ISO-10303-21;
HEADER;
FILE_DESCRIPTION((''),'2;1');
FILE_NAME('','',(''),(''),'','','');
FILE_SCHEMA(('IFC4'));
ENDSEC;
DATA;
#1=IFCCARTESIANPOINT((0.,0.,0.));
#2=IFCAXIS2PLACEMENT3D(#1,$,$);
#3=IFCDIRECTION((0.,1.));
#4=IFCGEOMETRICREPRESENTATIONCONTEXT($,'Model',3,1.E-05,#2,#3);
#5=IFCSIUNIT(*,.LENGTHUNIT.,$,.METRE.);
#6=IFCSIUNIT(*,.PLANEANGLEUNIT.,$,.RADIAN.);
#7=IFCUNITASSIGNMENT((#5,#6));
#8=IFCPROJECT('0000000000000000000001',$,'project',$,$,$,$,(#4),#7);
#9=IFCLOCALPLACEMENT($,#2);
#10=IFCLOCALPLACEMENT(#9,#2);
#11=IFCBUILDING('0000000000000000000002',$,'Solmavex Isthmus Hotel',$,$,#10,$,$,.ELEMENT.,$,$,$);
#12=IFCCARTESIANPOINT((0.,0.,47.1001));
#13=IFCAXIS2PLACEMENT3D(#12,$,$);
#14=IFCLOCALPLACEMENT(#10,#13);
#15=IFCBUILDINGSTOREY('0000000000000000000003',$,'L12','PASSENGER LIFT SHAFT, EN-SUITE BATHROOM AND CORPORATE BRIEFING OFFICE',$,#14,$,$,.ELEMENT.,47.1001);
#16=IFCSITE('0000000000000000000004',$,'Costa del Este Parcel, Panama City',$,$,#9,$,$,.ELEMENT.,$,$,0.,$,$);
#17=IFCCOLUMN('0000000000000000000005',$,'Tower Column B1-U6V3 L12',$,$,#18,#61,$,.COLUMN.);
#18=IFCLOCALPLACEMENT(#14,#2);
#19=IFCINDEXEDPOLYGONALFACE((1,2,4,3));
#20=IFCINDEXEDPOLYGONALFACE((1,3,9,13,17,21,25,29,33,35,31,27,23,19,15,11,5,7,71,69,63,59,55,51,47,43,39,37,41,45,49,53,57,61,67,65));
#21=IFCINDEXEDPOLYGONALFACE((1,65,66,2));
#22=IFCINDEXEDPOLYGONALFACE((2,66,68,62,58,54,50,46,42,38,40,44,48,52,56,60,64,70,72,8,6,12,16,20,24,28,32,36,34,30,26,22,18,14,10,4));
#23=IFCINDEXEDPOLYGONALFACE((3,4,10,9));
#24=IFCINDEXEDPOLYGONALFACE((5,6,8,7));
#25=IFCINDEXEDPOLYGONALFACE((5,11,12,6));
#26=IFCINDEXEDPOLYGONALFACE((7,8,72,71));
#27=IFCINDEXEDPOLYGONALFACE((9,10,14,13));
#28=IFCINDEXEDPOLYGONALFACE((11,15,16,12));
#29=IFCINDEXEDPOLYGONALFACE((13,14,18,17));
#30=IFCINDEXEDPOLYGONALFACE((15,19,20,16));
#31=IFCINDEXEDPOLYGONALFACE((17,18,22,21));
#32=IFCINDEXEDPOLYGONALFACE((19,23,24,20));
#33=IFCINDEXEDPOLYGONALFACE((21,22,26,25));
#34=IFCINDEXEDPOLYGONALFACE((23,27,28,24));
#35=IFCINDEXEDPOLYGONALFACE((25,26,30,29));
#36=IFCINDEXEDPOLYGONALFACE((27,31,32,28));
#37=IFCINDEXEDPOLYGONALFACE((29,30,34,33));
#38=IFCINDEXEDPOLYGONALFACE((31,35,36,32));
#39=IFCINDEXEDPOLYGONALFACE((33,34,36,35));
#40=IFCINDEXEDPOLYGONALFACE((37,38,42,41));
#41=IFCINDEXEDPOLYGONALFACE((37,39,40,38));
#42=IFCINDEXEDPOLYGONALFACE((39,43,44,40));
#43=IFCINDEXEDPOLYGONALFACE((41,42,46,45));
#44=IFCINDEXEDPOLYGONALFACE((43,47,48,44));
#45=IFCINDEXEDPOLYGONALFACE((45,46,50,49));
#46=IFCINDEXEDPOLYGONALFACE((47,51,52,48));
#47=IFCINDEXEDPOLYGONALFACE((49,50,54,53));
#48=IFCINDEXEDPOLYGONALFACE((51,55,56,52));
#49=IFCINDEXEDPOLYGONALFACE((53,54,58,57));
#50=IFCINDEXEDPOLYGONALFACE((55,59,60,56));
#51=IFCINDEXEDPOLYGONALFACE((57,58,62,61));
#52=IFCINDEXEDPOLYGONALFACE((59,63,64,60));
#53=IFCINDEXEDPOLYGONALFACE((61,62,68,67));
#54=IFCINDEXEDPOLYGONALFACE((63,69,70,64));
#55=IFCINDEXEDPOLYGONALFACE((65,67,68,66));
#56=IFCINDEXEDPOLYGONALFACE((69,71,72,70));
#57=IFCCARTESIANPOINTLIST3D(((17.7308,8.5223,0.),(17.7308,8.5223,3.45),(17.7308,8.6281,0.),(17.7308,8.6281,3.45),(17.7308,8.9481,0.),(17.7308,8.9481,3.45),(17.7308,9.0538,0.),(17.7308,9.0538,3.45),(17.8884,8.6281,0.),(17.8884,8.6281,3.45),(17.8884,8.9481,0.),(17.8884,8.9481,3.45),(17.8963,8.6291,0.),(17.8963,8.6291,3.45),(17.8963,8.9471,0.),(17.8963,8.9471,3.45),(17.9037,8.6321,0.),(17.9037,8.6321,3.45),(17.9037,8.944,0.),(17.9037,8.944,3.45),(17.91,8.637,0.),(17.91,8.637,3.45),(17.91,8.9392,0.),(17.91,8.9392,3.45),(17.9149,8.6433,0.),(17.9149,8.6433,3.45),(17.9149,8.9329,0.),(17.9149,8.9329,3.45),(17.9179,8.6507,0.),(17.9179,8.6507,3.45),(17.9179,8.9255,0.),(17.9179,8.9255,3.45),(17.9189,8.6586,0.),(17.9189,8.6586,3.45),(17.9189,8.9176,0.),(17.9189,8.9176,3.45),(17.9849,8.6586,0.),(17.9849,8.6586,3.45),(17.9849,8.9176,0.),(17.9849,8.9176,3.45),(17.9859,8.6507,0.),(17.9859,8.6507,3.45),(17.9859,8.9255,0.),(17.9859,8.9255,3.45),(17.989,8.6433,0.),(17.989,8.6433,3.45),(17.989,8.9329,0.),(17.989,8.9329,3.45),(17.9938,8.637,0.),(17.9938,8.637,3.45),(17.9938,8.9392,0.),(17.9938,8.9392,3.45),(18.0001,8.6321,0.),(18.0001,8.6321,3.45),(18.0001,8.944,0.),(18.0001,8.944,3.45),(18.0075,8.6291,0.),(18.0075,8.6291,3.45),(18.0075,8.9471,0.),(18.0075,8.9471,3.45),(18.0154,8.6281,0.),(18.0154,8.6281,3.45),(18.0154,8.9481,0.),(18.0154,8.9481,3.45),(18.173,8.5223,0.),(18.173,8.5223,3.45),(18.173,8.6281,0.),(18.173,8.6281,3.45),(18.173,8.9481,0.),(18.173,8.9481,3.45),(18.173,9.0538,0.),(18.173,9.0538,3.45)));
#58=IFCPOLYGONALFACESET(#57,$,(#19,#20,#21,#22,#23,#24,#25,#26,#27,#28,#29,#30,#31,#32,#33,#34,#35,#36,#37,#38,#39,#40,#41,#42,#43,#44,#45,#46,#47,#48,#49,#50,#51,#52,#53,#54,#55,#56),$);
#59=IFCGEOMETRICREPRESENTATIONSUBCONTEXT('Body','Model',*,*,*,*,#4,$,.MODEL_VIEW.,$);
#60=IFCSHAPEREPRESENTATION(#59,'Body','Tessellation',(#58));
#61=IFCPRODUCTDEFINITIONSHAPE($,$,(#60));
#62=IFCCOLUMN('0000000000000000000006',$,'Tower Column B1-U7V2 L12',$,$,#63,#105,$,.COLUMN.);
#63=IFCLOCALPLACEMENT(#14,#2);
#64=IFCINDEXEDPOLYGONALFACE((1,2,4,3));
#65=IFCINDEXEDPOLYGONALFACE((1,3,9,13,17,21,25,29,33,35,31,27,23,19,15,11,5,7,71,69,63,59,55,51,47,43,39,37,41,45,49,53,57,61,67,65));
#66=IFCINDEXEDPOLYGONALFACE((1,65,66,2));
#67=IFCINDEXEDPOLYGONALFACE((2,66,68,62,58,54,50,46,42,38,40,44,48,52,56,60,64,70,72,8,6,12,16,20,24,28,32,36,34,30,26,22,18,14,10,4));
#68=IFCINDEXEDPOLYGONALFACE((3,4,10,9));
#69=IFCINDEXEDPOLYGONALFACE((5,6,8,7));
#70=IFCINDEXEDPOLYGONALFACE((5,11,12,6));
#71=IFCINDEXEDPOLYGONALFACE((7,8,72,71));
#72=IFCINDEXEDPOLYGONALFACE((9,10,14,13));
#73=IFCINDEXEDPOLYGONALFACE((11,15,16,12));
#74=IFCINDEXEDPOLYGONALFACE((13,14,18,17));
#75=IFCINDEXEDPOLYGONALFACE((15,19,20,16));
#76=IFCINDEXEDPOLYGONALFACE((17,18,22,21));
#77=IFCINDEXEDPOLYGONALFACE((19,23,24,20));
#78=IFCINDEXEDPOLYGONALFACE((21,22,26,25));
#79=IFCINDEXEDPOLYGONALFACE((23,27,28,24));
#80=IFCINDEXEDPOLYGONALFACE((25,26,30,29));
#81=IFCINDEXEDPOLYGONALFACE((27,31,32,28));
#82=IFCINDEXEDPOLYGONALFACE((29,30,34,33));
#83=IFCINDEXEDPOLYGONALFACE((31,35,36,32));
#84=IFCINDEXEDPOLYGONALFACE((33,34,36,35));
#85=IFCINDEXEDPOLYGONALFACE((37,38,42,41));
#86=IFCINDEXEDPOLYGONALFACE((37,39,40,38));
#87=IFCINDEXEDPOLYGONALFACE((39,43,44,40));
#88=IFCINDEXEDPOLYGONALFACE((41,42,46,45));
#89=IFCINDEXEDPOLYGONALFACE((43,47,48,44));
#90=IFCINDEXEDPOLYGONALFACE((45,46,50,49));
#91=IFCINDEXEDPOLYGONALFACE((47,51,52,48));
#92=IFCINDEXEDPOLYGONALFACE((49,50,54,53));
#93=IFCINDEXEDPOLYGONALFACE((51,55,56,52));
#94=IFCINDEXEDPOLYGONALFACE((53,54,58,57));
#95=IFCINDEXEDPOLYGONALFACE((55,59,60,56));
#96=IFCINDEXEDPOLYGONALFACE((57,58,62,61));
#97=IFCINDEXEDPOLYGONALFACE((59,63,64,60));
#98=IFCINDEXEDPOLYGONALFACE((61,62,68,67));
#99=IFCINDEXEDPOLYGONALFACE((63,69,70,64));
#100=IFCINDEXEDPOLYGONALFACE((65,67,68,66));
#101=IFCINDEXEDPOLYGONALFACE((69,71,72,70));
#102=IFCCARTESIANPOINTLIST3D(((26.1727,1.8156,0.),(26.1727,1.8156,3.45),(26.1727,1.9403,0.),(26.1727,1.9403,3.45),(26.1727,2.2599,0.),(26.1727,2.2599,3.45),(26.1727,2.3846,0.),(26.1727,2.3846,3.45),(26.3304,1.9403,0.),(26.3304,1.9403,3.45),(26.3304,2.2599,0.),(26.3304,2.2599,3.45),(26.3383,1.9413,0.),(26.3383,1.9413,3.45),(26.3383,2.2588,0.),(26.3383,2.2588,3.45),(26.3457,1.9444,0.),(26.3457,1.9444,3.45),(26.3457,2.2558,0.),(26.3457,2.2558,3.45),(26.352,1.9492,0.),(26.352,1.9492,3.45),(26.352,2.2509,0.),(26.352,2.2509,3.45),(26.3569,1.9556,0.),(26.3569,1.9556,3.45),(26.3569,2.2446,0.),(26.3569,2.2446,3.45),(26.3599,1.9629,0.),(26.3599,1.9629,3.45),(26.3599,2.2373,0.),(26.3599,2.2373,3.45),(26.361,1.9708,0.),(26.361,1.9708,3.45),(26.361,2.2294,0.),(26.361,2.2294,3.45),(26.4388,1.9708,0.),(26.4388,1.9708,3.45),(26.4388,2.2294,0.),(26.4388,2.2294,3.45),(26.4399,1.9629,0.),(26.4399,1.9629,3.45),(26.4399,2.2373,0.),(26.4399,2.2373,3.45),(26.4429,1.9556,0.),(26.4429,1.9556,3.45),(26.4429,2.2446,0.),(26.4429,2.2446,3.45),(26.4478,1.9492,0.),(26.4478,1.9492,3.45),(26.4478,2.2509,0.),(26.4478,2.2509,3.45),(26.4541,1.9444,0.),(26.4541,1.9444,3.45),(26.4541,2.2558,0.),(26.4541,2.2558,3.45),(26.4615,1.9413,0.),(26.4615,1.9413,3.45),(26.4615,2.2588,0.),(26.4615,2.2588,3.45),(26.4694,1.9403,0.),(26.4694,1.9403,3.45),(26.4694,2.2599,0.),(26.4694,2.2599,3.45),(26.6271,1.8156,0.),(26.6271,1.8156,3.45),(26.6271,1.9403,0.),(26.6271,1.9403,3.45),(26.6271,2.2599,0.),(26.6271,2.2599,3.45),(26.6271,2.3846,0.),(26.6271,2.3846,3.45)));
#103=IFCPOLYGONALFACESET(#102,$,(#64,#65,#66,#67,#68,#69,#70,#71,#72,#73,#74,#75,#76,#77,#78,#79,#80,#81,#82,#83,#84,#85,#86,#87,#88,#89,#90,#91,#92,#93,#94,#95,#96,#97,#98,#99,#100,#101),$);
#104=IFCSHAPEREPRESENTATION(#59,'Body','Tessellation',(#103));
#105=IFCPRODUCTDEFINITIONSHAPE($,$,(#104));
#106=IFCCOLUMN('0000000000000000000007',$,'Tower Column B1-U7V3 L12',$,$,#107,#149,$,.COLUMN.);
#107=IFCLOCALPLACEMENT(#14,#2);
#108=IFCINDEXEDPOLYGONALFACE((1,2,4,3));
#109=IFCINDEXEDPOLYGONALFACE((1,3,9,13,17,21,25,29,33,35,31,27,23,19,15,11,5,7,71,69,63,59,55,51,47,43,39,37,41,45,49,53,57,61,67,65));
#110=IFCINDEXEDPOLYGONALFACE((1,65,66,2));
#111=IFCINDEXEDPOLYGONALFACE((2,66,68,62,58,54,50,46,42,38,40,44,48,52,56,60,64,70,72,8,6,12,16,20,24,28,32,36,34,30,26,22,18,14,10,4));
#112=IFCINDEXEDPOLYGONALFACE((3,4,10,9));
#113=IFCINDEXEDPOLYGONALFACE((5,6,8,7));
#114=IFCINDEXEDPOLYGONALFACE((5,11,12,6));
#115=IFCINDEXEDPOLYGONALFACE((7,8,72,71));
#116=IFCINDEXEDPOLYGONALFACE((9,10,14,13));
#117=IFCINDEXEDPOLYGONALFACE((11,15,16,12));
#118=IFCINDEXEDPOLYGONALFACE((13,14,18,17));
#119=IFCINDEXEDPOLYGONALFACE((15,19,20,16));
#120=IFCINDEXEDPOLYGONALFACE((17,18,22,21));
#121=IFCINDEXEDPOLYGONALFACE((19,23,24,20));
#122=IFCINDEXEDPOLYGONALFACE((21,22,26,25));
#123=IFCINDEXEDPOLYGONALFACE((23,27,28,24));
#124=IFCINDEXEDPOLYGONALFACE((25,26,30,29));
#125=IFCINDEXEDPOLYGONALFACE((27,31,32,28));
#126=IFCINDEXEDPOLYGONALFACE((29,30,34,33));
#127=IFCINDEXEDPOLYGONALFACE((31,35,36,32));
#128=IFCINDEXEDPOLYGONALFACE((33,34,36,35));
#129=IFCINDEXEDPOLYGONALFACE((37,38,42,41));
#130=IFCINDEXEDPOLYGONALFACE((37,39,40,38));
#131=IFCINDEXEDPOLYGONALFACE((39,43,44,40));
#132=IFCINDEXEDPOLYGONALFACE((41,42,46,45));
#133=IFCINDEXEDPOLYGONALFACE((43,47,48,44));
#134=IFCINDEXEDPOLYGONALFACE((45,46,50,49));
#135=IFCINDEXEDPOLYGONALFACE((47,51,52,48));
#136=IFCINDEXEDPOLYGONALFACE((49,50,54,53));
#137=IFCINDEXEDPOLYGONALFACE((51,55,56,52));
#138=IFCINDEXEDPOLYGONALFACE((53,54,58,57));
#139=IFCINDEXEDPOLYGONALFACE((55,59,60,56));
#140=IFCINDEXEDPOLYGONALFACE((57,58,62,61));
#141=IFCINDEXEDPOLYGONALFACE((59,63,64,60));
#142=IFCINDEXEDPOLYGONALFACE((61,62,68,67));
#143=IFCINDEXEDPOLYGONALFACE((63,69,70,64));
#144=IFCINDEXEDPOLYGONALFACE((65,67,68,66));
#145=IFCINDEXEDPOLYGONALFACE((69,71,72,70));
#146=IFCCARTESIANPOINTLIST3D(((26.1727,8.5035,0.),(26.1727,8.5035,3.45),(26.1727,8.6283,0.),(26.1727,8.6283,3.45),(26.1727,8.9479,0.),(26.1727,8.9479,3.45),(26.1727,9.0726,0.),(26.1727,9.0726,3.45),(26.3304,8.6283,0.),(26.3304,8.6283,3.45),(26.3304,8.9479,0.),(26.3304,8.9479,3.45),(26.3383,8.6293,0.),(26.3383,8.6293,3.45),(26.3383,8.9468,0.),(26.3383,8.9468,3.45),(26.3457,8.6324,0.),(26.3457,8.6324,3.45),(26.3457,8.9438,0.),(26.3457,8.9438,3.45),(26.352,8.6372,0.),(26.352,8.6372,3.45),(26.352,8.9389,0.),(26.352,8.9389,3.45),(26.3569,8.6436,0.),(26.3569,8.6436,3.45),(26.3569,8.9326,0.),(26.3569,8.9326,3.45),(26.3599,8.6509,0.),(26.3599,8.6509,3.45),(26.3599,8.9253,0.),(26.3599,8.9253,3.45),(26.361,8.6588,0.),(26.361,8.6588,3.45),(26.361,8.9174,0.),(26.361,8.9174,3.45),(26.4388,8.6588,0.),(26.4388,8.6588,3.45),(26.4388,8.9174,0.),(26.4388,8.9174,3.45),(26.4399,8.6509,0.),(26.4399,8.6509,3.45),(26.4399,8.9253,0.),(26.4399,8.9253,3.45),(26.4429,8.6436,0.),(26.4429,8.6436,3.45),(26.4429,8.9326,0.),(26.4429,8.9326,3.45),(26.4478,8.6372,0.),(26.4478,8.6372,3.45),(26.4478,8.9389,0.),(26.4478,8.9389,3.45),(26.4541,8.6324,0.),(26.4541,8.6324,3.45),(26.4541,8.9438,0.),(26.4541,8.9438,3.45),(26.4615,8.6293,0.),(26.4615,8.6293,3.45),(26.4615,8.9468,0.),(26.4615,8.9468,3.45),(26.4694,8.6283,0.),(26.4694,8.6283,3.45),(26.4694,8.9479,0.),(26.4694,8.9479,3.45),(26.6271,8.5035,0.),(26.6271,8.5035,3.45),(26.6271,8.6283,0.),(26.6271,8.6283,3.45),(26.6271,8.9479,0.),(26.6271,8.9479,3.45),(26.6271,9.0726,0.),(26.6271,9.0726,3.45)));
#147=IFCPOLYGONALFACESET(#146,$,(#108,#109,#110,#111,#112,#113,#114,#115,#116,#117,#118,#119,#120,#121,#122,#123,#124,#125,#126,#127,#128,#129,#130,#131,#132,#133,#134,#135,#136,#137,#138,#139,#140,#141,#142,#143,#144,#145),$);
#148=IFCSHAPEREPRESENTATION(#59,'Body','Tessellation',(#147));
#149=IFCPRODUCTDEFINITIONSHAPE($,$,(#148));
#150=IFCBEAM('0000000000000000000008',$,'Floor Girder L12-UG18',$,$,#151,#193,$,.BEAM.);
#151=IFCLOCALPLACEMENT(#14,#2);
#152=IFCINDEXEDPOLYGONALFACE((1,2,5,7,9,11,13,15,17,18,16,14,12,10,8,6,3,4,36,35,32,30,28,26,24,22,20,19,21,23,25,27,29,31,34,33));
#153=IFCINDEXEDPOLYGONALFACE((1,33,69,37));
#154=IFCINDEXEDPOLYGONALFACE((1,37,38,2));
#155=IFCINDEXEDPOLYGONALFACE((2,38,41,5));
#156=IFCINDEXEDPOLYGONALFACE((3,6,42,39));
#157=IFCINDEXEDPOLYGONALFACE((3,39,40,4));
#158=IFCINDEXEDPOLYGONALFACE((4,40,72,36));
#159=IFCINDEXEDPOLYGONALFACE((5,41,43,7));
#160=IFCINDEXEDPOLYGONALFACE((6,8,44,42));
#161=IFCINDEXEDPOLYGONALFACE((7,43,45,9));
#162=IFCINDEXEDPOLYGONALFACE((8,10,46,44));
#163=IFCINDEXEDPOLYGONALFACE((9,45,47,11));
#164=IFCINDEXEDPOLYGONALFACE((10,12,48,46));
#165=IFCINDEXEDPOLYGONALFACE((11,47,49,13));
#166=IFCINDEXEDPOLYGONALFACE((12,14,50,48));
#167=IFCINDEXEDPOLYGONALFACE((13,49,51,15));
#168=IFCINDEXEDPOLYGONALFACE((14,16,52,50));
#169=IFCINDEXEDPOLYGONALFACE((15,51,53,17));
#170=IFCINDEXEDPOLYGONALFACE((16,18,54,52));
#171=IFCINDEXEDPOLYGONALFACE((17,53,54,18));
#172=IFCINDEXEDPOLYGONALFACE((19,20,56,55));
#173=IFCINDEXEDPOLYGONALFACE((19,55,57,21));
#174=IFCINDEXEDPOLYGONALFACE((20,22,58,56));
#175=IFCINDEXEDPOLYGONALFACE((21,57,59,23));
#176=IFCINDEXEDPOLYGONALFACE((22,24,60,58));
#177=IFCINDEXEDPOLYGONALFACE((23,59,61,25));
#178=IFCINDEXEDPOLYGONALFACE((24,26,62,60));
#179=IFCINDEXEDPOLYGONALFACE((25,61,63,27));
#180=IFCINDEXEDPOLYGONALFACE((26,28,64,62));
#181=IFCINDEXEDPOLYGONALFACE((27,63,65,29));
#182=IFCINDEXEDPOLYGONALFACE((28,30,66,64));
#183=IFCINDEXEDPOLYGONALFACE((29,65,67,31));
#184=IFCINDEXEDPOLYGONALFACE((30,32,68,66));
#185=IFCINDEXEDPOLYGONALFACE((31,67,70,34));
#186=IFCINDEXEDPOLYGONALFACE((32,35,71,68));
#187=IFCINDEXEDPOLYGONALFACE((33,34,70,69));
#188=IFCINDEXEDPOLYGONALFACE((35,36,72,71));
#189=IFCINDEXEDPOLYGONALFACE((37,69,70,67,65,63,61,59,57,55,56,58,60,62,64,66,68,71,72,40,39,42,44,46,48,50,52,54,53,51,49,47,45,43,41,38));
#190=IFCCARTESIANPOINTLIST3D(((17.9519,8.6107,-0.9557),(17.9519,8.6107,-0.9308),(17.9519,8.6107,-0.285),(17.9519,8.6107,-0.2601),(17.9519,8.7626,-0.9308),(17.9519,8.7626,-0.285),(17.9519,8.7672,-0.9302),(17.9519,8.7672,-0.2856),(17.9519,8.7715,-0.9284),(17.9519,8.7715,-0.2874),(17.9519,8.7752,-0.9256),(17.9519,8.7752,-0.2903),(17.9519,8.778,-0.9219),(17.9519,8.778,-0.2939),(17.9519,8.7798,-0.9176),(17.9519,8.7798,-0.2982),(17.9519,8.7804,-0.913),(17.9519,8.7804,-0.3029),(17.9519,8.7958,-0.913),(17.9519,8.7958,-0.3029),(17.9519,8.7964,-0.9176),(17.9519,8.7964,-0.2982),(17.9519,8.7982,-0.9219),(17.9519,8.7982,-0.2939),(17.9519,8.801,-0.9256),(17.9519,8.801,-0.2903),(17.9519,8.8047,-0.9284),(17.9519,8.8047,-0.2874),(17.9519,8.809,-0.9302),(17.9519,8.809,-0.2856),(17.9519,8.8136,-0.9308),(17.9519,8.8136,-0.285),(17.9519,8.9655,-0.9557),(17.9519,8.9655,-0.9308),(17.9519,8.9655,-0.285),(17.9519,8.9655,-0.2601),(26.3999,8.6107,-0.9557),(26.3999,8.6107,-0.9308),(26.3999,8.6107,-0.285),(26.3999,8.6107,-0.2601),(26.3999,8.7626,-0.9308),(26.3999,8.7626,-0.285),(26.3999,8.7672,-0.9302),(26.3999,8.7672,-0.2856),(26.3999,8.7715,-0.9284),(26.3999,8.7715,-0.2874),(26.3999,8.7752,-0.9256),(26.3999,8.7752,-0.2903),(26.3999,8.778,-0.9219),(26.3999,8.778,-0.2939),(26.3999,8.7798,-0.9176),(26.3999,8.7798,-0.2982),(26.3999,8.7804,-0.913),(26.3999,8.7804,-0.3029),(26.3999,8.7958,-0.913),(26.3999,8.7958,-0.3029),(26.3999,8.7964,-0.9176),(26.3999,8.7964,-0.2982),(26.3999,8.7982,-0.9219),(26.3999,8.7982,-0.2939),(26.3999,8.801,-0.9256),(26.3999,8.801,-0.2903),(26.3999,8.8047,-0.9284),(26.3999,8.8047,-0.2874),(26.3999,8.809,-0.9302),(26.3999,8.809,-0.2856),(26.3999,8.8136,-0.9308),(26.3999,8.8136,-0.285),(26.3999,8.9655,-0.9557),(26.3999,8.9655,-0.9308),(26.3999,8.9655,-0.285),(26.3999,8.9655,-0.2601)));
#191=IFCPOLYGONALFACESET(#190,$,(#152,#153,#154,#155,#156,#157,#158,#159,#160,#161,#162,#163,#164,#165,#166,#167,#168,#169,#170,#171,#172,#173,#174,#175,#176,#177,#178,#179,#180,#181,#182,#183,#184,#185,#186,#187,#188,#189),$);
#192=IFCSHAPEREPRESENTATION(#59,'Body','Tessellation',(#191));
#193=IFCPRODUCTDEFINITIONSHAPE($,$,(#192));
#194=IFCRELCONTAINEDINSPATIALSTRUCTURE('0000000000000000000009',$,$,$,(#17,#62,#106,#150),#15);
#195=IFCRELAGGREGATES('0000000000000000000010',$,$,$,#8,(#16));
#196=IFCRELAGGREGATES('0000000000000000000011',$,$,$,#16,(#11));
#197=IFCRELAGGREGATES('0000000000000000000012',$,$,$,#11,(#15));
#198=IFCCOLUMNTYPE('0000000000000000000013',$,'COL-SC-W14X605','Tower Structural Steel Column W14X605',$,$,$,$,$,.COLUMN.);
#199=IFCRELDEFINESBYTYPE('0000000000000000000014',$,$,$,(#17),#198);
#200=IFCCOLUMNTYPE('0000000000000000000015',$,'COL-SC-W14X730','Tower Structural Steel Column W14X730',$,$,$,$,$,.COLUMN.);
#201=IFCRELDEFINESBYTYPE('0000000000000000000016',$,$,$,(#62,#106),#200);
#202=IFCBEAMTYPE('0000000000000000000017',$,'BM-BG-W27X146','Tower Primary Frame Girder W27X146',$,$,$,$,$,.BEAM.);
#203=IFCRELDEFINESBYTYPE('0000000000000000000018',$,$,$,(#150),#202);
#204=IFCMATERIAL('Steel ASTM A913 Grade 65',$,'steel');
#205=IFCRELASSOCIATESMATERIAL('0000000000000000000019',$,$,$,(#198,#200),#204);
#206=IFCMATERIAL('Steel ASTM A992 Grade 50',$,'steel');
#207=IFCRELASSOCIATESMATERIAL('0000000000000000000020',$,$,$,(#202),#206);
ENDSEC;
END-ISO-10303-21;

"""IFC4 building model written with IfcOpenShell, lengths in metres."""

from ifc_helpers import new_model, si_unit, direction, frame, origin, origin_2d, place, context, subcontext, project, spatial, i_section, extrude, material, material_profile, profile_set, type_object, element, save


model = new_model("IFC4")

# Units and contexts
model_context = context("Model", 3, precision=1e-05, world=origin(), true_north=direction((0.0, 1.0)))
body_context = subcontext(model_context, "Body", "Model", "MODEL_VIEW")
ifc_project = project(units=[si_unit("LENGTHUNIT", "METRE"), si_unit("PLANEANGLEUNIT", "RADIAN")], contexts=[model_context])

# Site, building, storey
site_placement = place(None, origin())
site = spatial("IfcSite", under=ifc_project, at=site_placement, Name="Costa del Este Parcel, Panama City", CompositionType="ELEMENT", RefElevation=0.0)
building_placement = place(site_placement, origin())
building = spatial("IfcBuilding", under=site, at=building_placement, Name="Solmavex Isthmus Hotel", CompositionType="ELEMENT")
storey_placement = place(building_placement, frame((0.0, 0.0, 47.1001)))
storey = spatial("IfcBuildingStorey", under=building, at=storey_placement, Name="L12", Description="PASSENGER LIFT SHAFT, EN-SUITE BATHROOM AND CORPORATE BRIEFING OFFICE", CompositionType="ELEMENT", Elevation=47.1001)

# Columns
ifc_material_1 = material(Name="Steel ASTM A913 Grade 65", Category="steel")
ifc_material_profile_1 = material_profile(ifc_material_1, i_section(OverallWidth=0.4421, OverallDepth=0.5315, WebThickness=0.0659, FlangeThickness=0.1057, FilletRadius=0.0305, at=origin_2d()), Name="W14X605")
ifc_profile_set_1 = profile_set([ifc_material_profile_1], Name="Steel ASTM A913 Grade 65")
column_type_1 = type_object("IfcColumnType", Name="COL-SC-W14X605", Description="Tower Structural Steel Column W14X605", PredefinedType="COLUMN", material=ifc_profile_set_1)
column_placement = place(storey_placement, frame((17.9519, 8.7881, 0.0), z_axis=(0.0, 0.0, 1.0), x_axis=(1.0, 0.0, 0.0)))
element("IfcColumn", 1, at=column_placement, inside=storey, type_object=column_type_1, Name="Tower Column B1-U6V3 L12", PredefinedType="COLUMN", context=body_context, shape_type="SweptSolid", body=[
    extrude(i_section(OverallWidth=0.4421, OverallDepth=0.5315, WebThickness=0.0659, FlangeThickness=0.1057, FilletRadius=0.0305, at=origin_2d()), origin(), (0.0, 0.0, 1.0), 3.45),
])
ifc_material_profile_2 = material_profile(ifc_material_1, i_section(OverallWidth=0.4543, OverallDepth=0.5691, WebThickness=0.0779, FlangeThickness=0.1248, FilletRadius=0.0305, at=origin_2d()), Name="W14X730")
ifc_profile_set_2 = profile_set([ifc_material_profile_2], Name="Steel ASTM A913 Grade 65")
column_type_2 = type_object("IfcColumnType", Name="COL-SC-W14X730", Description="Tower Structural Steel Column W14X730", PredefinedType="COLUMN", material=ifc_profile_set_2)
for number, where, z_axis, x_axis, name in (
    (2, (26.3999, 2.1001, 0.0), (0.0, 0.0, 1.0), (1.0, 0.0, 0.0), "Tower Column B1-U7V2 L12"),
    (3, (26.3999, 8.7881, 0.0), (0.0, 0.0, 1.0), (1.0, 0.0, 0.0), "Tower Column B1-U7V3 L12"),
):
    element("IfcColumn", number, at=place(storey_placement, frame(where, z_axis=z_axis, x_axis=x_axis)), inside=storey, type_object=column_type_2, Name=name, PredefinedType="COLUMN", context=body_context, shape_type="SweptSolid", body=[
        extrude(i_section(OverallWidth=0.4543, OverallDepth=0.5691, WebThickness=0.0779, FlangeThickness=0.1248, FilletRadius=0.0305, at=origin_2d()), origin(), (0.0, 0.0, 1.0), 3.45),
    ])

# Beam
ifc_material_2 = material(Name="Steel ASTM A992 Grade 50", Category="steel")
ifc_material_profile_3 = material_profile(ifc_material_2, i_section(OverallWidth=0.3547, OverallDepth=0.6956, WebThickness=0.0154, FlangeThickness=0.0249, FilletRadius=0.0178, at=origin_2d()), Name="W27X146")
ifc_profile_set_3 = profile_set([ifc_material_profile_3], Name="Steel ASTM A992 Grade 50")
beam_type_1 = type_object("IfcBeamType", Name="BM-BG-W27X146", Description="Tower Primary Frame Girder W27X146", PredefinedType="BEAM", material=ifc_profile_set_3)
beam_1_placement = place(storey_placement, frame((17.9519, 8.7881, -0.6079), z_axis=(1.0, 0.0, 0.0), x_axis=(0.0, 1.0, 0.0)))
element("IfcBeam", 4, at=beam_1_placement, inside=storey, type_object=beam_type_1, Name="Floor Girder L12-UG18", PredefinedType="BEAM", context=body_context, shape_type="SweptSolid", body=[
    extrude(i_section(OverallWidth=0.3547, OverallDepth=0.6956, WebThickness=0.0154, FlangeThickness=0.0249, FilletRadius=0.0178, at=origin_2d()), origin(), (0.0, 0.0, 1.0), 8.448),
])

save(model, "model.ifc")
